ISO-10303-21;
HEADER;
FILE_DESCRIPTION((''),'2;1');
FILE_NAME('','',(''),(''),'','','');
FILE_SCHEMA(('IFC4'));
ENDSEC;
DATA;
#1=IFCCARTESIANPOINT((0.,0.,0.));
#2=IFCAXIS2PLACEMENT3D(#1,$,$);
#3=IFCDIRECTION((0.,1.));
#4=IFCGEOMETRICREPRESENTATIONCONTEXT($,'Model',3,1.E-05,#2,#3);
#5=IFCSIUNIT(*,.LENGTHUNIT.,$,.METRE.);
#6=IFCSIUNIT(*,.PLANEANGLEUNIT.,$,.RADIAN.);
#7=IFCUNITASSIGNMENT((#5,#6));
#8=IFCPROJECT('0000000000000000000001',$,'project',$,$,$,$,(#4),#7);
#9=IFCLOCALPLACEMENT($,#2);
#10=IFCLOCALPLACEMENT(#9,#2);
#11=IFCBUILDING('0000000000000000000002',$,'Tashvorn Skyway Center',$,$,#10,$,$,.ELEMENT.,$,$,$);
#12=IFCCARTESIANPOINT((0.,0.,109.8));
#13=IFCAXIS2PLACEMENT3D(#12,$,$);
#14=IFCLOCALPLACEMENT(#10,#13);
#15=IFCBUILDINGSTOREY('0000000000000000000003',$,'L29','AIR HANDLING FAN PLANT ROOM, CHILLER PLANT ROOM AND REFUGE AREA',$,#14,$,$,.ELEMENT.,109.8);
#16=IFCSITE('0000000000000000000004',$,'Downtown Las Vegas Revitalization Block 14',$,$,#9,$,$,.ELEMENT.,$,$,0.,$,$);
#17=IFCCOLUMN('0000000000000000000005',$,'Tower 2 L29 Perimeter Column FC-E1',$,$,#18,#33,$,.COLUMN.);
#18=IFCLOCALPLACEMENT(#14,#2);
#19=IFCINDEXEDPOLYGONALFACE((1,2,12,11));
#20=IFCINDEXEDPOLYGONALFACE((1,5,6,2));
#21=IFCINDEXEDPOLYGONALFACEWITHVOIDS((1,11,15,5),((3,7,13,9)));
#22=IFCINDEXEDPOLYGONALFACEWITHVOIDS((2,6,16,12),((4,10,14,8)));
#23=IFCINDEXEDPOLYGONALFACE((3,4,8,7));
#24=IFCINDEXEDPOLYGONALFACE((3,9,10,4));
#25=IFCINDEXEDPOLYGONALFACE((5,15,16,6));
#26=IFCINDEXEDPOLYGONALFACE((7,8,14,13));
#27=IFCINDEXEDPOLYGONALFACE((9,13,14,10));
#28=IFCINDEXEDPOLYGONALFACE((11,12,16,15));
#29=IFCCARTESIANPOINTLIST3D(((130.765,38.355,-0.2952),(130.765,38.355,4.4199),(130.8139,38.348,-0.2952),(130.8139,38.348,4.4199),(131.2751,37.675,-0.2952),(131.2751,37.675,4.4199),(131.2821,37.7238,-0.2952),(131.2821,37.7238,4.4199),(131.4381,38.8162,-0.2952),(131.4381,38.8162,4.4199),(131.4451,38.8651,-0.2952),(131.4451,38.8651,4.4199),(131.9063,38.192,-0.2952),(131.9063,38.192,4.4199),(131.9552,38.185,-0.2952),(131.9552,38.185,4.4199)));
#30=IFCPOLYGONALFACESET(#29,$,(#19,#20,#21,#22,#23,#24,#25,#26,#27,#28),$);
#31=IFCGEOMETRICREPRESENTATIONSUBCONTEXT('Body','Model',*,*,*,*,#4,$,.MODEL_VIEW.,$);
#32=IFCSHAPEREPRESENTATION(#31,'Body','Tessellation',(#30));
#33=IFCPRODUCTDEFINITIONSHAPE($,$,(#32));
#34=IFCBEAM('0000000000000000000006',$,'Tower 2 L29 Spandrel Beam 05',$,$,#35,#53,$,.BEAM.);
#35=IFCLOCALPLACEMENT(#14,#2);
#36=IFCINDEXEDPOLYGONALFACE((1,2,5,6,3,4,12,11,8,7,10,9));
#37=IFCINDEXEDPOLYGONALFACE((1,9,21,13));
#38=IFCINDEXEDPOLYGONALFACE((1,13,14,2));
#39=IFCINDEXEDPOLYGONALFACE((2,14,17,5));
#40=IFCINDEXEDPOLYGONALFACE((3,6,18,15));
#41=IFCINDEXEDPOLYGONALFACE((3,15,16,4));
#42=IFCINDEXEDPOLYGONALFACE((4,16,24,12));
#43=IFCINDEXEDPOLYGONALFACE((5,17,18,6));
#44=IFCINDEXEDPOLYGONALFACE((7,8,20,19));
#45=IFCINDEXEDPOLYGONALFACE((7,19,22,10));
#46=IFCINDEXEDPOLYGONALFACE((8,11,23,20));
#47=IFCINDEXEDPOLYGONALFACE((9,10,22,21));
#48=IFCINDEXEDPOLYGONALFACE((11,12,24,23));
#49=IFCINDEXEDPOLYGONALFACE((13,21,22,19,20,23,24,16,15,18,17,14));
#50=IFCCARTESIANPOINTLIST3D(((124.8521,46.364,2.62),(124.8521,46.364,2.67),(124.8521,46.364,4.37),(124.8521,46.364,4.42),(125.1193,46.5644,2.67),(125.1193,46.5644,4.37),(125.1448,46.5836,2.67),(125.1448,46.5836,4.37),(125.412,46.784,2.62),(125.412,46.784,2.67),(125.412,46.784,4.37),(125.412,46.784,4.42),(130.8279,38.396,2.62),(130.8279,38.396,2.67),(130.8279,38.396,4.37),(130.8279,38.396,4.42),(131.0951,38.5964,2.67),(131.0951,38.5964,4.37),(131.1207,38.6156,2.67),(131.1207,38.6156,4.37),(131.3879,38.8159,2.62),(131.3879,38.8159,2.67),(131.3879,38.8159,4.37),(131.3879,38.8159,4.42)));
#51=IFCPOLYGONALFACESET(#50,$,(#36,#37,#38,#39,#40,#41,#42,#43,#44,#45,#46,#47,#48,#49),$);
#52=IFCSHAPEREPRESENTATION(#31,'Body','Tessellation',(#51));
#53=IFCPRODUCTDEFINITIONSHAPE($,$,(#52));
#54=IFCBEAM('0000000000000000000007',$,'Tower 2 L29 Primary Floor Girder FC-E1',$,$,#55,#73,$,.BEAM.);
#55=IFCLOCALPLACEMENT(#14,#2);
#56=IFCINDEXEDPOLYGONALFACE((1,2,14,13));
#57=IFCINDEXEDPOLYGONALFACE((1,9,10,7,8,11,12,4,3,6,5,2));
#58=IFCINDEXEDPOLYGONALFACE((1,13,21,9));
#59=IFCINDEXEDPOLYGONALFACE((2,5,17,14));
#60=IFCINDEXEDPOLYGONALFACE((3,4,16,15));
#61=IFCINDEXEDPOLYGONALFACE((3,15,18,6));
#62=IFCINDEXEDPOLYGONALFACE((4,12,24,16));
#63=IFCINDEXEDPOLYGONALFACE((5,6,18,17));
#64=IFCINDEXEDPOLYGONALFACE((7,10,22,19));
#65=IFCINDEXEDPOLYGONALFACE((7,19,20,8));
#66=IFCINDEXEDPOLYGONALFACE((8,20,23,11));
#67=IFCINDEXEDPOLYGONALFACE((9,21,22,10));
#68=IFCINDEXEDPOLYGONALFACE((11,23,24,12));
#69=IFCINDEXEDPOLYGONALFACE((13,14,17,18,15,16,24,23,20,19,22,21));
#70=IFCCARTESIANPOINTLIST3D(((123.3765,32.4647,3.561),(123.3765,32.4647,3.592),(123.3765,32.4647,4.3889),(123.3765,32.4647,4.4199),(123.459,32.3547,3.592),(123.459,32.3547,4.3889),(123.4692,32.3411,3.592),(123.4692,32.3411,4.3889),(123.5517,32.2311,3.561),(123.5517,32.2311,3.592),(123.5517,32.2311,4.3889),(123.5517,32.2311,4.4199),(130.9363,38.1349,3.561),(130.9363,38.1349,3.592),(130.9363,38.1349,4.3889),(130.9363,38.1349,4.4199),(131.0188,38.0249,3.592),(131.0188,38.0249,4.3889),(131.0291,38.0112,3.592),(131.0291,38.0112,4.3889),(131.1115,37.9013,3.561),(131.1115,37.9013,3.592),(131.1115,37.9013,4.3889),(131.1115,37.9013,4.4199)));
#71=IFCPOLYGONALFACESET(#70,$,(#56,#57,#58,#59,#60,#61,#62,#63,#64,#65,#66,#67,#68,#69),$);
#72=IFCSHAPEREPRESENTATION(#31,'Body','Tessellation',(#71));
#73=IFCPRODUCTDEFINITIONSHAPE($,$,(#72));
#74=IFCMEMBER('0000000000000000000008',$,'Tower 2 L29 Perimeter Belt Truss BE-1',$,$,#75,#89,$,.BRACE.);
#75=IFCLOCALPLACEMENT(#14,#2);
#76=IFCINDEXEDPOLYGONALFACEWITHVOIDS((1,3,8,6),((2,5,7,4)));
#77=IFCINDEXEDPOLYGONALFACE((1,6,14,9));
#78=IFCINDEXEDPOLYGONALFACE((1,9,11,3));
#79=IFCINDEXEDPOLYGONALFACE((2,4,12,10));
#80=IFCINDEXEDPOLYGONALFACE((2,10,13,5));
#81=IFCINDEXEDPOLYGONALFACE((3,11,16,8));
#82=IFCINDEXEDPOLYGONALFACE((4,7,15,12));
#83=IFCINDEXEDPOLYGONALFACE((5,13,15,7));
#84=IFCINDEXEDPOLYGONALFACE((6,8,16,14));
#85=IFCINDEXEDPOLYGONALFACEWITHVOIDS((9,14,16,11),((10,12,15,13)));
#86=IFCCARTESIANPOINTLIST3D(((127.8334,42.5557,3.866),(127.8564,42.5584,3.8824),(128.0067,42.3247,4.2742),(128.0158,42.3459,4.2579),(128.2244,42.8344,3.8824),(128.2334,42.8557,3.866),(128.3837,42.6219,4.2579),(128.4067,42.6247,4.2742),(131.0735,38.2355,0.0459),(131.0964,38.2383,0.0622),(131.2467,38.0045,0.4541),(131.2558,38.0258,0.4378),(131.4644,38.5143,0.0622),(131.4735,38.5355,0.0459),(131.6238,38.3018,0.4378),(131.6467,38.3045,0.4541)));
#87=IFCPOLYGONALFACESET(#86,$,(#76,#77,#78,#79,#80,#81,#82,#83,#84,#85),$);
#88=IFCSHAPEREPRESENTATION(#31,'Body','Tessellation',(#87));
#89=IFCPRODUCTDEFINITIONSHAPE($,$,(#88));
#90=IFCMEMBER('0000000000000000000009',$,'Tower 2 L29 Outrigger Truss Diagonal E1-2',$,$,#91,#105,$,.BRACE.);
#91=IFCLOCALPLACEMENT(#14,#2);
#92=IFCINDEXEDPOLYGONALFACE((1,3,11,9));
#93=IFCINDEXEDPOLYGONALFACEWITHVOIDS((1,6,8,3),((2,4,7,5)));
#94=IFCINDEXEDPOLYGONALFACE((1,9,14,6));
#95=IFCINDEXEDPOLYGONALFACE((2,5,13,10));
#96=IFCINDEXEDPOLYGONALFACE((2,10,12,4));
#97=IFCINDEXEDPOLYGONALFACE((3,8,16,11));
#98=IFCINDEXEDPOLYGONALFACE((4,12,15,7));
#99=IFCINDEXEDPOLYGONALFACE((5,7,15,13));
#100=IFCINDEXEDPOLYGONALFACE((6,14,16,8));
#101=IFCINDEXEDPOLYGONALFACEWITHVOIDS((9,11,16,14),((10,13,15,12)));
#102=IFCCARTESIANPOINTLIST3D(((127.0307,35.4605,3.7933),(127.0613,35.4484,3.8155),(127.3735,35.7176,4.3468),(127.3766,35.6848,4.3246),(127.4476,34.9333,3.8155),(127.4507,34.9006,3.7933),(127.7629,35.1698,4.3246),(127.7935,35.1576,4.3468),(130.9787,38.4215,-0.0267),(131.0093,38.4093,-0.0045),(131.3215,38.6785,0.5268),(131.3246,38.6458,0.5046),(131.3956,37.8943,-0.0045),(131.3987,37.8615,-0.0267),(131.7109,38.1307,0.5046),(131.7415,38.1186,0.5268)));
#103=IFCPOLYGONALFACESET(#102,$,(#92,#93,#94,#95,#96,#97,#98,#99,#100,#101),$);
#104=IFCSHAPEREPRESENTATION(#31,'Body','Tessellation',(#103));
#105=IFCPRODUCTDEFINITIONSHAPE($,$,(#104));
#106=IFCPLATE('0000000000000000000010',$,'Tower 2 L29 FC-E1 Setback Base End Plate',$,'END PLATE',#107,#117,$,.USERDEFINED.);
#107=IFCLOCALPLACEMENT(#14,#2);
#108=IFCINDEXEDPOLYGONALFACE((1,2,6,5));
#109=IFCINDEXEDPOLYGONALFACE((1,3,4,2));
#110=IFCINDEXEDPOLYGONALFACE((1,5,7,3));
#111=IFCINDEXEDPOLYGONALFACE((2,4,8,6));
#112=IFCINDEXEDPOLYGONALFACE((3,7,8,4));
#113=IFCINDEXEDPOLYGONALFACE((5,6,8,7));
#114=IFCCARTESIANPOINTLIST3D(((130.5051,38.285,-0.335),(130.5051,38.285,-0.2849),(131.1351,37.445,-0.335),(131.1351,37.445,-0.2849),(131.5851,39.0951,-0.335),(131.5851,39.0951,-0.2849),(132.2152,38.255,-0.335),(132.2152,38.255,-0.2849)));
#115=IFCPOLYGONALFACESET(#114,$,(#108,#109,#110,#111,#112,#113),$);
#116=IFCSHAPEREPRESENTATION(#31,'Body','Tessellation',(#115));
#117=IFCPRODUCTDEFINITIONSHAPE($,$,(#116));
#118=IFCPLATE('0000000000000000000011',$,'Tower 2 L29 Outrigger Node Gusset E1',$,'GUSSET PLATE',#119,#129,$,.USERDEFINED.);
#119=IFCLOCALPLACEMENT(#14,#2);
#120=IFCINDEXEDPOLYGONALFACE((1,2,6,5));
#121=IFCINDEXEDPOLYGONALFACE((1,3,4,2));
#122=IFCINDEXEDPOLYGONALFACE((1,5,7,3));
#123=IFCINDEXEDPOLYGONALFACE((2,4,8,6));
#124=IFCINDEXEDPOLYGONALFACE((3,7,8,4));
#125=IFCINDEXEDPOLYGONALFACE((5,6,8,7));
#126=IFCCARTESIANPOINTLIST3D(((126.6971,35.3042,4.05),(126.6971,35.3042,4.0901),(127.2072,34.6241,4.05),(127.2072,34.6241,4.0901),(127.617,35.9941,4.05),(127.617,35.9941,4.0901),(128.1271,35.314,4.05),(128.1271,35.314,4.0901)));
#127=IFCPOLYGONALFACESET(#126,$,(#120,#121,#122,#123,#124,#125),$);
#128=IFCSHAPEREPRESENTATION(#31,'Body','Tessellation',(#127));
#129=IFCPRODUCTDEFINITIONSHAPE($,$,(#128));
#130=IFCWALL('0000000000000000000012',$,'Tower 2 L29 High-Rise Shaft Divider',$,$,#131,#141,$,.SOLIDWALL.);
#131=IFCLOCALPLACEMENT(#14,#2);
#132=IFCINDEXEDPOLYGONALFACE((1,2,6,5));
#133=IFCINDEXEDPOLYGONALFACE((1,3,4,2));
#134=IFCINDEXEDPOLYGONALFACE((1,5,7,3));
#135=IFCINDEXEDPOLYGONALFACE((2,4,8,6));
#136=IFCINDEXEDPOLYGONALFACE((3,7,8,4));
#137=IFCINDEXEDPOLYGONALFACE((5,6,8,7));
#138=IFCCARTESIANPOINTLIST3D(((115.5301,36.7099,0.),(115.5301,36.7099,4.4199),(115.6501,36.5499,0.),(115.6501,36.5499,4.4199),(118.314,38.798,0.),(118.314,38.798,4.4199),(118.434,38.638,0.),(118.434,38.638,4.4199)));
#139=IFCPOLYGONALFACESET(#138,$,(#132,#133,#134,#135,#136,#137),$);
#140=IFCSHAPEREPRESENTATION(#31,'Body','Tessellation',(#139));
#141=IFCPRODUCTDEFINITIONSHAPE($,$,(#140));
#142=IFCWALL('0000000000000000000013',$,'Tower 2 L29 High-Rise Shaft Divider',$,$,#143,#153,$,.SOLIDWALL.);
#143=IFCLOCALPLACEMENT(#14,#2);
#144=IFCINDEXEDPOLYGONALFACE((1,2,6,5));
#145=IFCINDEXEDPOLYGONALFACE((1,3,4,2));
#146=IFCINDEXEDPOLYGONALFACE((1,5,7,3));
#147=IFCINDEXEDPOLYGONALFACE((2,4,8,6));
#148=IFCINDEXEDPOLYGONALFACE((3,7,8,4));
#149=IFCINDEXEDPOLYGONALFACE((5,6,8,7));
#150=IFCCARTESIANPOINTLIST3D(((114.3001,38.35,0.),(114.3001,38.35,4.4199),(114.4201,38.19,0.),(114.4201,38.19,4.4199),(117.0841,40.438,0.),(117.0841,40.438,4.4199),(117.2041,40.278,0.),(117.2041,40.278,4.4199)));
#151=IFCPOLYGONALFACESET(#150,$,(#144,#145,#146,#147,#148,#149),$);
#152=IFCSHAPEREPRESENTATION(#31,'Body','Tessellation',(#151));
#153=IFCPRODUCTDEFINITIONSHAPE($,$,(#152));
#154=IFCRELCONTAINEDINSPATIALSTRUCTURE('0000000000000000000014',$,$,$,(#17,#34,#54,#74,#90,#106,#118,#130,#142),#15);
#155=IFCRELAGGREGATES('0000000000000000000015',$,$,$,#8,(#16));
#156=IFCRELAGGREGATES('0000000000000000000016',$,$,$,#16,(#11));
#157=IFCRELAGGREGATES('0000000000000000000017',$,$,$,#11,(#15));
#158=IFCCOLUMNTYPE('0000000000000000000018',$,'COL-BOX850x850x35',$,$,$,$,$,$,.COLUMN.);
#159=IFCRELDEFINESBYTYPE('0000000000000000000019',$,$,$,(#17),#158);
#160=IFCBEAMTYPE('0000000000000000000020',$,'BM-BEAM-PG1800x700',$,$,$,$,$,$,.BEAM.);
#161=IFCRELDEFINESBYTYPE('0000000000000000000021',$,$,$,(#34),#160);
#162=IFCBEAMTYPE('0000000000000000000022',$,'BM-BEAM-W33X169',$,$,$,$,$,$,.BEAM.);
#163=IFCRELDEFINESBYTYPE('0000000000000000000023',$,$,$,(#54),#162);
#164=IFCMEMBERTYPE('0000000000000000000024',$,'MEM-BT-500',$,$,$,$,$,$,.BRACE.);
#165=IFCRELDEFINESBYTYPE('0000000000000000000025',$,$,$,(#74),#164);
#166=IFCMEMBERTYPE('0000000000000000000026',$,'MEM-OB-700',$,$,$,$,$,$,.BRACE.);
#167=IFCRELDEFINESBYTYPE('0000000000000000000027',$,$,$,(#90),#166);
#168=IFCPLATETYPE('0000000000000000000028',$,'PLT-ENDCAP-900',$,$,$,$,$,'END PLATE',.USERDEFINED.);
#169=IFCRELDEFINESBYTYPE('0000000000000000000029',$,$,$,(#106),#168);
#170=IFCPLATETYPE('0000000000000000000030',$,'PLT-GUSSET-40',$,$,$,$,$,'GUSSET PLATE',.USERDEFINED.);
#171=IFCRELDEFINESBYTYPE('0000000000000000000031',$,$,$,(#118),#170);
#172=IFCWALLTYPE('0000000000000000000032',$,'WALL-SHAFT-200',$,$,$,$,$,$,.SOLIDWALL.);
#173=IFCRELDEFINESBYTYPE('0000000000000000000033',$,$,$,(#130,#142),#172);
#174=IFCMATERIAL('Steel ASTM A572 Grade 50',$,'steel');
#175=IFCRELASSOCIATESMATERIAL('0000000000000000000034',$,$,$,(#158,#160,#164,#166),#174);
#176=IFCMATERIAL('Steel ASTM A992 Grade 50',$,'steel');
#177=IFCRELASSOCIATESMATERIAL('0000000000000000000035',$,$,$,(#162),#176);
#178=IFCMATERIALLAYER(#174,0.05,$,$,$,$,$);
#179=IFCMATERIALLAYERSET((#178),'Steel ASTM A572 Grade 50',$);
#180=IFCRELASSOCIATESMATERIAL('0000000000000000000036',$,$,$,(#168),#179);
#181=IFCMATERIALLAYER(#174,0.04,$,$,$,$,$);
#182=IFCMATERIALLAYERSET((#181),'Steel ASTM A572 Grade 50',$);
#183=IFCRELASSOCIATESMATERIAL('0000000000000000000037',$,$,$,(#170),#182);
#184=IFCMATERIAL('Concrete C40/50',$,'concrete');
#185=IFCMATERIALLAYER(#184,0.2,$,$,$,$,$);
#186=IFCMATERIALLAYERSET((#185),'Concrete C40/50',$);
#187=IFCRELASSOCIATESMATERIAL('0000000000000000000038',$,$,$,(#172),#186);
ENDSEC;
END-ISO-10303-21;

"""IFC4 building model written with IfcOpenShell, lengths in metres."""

from ifc_helpers import new_model, si_unit, direction, frame, frame_2d, origin, origin_2d, place, context, subcontext, project, spatial, rectangle, hollow_rectangle, i_section, extrude, material, layer, layer_set, material_profile, profile_set, type_object, element, save


model = new_model("IFC4")

# Units and contexts
model_context = context("Model", 3, precision=1e-05, world=origin(), true_north=direction((0.0, 1.0)))
body_context = subcontext(model_context, "Body", "Model", "MODEL_VIEW")
ifc_project = project(units=[si_unit("LENGTHUNIT", "METRE"), si_unit("PLANEANGLEUNIT", "RADIAN")], contexts=[model_context])

# Site, building, storey
site_placement = place(None, origin())
site = spatial("IfcSite", under=ifc_project, at=site_placement, Name="Downtown Las Vegas Revitalization Block 14", CompositionType="ELEMENT", RefElevation=0.0)
building_placement = place(site_placement, origin())
building = spatial("IfcBuilding", under=site, at=building_placement, Name="Tashvorn Skyway Center", CompositionType="ELEMENT")
storey_placement = place(building_placement, frame((0.0, 0.0, 109.8)))
storey = spatial("IfcBuildingStorey", under=building, at=storey_placement, Name="L29", Description="AIR HANDLING FAN PLANT ROOM, CHILLER PLANT ROOM AND REFUGE AREA", CompositionType="ELEMENT", Elevation=109.8)

# Column
ifc_material_1 = material(Name="Steel ASTM A572 Grade 50", Category="steel")
ifc_material_profile_1 = material_profile(ifc_material_1, hollow_rectangle(XDim=0.8501, YDim=0.8501, WallThickness=0.0349, at=origin_2d()), Name="BOX850x850x35")
ifc_profile_set_1 = profile_set([ifc_material_profile_1], Name="Steel ASTM A572 Grade 50")
column_type = type_object("IfcColumnType", Name="COL-BOX850x850x35", PredefinedType="COLUMN", material=ifc_profile_set_1)
column_placement = place(storey_placement, frame((131.3601, 38.27, -0.2952), z_axis=(0.0, 0.0, 1.0), x_axis=(0.8, 0.6, 0.0)))
element("IfcColumn", 1, at=column_placement, inside=storey, type_object=column_type, Name="Tower 2 L29 Perimeter Column FC-E1", PredefinedType="COLUMN", context=body_context, shape_type="SweptSolid", body=[
    extrude(hollow_rectangle(XDim=0.8501, YDim=0.8501, WallThickness=0.0349, at=origin_2d()), origin(), (0.0, 0.0, 1.0), 4.7151),
])

# Beams
ifc_material_profile_2 = material_profile(ifc_material_1, i_section(OverallWidth=0.7, OverallDepth=1.8, WebThickness=0.032, FlangeThickness=0.05, at=origin_2d()), Name="PG1800x700")
ifc_profile_set_2 = profile_set([ifc_material_profile_2], Name="Steel ASTM A572 Grade 50")
beam_type_1 = type_object("IfcBeamType", Name="BM-BEAM-PG1800x700", PredefinedType="BEAM", material=ifc_profile_set_2)
beam_1_placement = place(storey_placement, frame((131.1079, 38.606, 3.52), z_axis=(-0.599988, 0.800009, 0.0), x_axis=(-0.800009, -0.599988, 0.0)))
element("IfcBeam", 2, at=beam_1_placement, inside=storey, type_object=beam_type_1, Name="Tower 2 L29 Spandrel Beam 05", PredefinedType="BEAM", context=body_context, shape_type="SweptSolid", body=[
    extrude(i_section(OverallWidth=0.7, OverallDepth=1.8, WebThickness=0.032, FlangeThickness=0.05, at=origin_2d()), origin(), (0.0, 0.0, 1.0), 9.96),
])
ifc_material_2 = material(Name="Steel ASTM A992 Grade 50", Category="steel")
ifc_material_profile_3 = material_profile(ifc_material_2, i_section(OverallWidth=0.292, OverallDepth=0.8589, WebThickness=0.0171, FlangeThickness=0.031, at=origin_2d()), Name="W33X169")
ifc_profile_set_3 = profile_set([ifc_material_profile_3], Name="Steel ASTM A992 Grade 50")
beam_type_2 = type_object("IfcBeamType", Name="BM-BEAM-W33X169", PredefinedType="BEAM", material=ifc_profile_set_3)
beam_2_placement = place(storey_placement, frame((131.0239, 38.0181, 3.9905), z_axis=(-0.799984, -0.600021, 0.0), x_axis=(0.600021, -0.799984, 0.0)))
element("IfcBeam", 3, at=beam_2_placement, inside=storey, type_object=beam_type_2, Name="Tower 2 L29 Primary Floor Girder FC-E1", PredefinedType="BEAM", context=body_context, shape_type="SweptSolid", body=[
    extrude(i_section(OverallWidth=0.292, OverallDepth=0.8589, WebThickness=0.0171, FlangeThickness=0.031, at=origin_2d()), origin(), (0.0, 0.0, 1.0), 9.45),
])

# Members
ifc_material_profile_4 = material_profile(ifc_material_1, hollow_rectangle(XDim=0.5, YDim=0.5, WallThickness=0.02, at=origin_2d()), Name="HSS500x500x20")
ifc_profile_set_4 = profile_set([ifc_material_profile_4], Name="Steel ASTM A572 Grade 50")
member_type_1 = type_object("IfcMemberType", Name="MEM-BT-500", PredefinedType="BRACE", material=ifc_profile_set_4)
member_1_placement = place(storey_placement, frame((131.3601, 38.27, 0.25), z_axis=(-0.489821, 0.653107, 0.577517), x_axis=(-0.800005, -0.599993, 0.0)))
element("IfcMember", 4, at=member_1_placement, inside=storey, type_object=member_type_1, Name="Tower 2 L29 Perimeter Belt Truss BE-1", PredefinedType="BRACE", context=body_context, shape_type="SweptSolid", body=[
    extrude(hollow_rectangle(XDim=0.5, YDim=0.5, WallThickness=0.02, at=origin_2d()), origin(), (0.0, 0.0, 1.0), 6.6147),
])
ifc_material_profile_5 = material_profile(ifc_material_1, hollow_rectangle(XDim=0.7, YDim=0.7, WallThickness=0.0281, at=origin_2d()), Name="BOX700x700x28")
ifc_profile_set_5 = profile_set([ifc_material_profile_5], Name="Steel ASTM A572 Grade 50")
member_type_2 = type_object("IfcMemberType", Name="MEM-OB-700", PredefinedType="BRACE", material=ifc_profile_set_5)
member_2_placement = place(storey_placement, frame((127.4121, 35.3091, 4.0701), z_axis=(0.632618, 0.474453, -0.612118), x_axis=(-0.599992, 0.800006, 0.0)))
element("IfcMember", 5, at=member_2_placement, inside=storey, type_object=member_type_2, Name="Tower 2 L29 Outrigger Truss Diagonal E1-2", PredefinedType="BRACE", context=body_context, shape_type="SweptSolid", body=[
    extrude(hollow_rectangle(XDim=0.7, YDim=0.7, WallThickness=0.0281, at=origin_2d()), origin(), (0.0, 0.0, 1.0), 6.2407),
])

# Plates
ifc_layer_1 = layer(ifc_material_1, 0.05)
ifc_layer_set_1 = layer_set([ifc_layer_1], Name="Steel ASTM A572 Grade 50")
plate_type_1 = type_object("IfcPlateType", Name="PLT-ENDCAP-900", ElementType="END PLATE", PredefinedType="USERDEFINED", material=ifc_layer_set_1)
plate_1_placement = place(storey_placement, frame((131.3601, 38.27, -0.335), z_axis=(0.0, 0.0, 1.0), x_axis=(0.8, 0.6, 0.0)))
element("IfcPlate", 6, at=plate_1_placement, inside=storey, type_object=plate_type_1, Name="Tower 2 L29 FC-E1 Setback Base End Plate", ObjectType="END PLATE", PredefinedType="USERDEFINED", context=body_context, shape_type="SweptSolid", body=[
    extrude(rectangle(XDim=1.3501, YDim=1.05, at=origin_2d()), origin(), (0.0, 0.0, 1.0), 0.05),
])
ifc_layer_2 = layer(ifc_material_1, 0.04)
ifc_layer_set_2 = layer_set([ifc_layer_2], Name="Steel ASTM A572 Grade 50")
plate_type_2 = type_object("IfcPlateType", Name="PLT-GUSSET-40", ElementType="GUSSET PLATE", PredefinedType="USERDEFINED", material=ifc_layer_set_2)
plate_2_placement = place(storey_placement, frame((127.4121, 35.3091, 4.05), z_axis=(0.0, 0.0, 1.0), x_axis=(0.8, 0.6, 0.0)))
element("IfcPlate", 7, at=plate_2_placement, inside=storey, type_object=plate_type_2, Name="Tower 2 L29 Outrigger Node Gusset E1", ObjectType="GUSSET PLATE", PredefinedType="USERDEFINED", context=body_context, shape_type="SweptSolid", body=[
    extrude(rectangle(XDim=1.1499, YDim=0.8501, at=origin_2d()), origin(), (0.0, 0.0, 1.0), 0.04),
])

# Walls
ifc_material_3 = material(Name="Concrete C40/50", Category="concrete")
ifc_layer_3 = layer(ifc_material_3, 0.2)
ifc_layer_set_3 = layer_set([ifc_layer_3], Name="Concrete C40/50")
wall_type_1 = type_object("IfcWallType", Name="WALL-SHAFT-200", PredefinedType="SOLIDWALL", material=ifc_layer_set_3)
for number, where, z_axis, x_axis, name in (
    (8, (115.5901, 36.6299, 0.0), (0.0, 0.0, 1.0), (0.799975, 0.600034, 0.0), "Tower 2 L29 High-Rise Shaft Divider"),
    (9, (114.3601, 38.27, 0.0), (0.0, 0.0, 1.0), (0.800008, 0.599989, 0.0), "Tower 2 L29 High-Rise Shaft Divider"),
):
    element("IfcWall", number, at=place(storey_placement, frame(where, z_axis=z_axis, x_axis=x_axis)), inside=storey, type_object=wall_type_1, Name=name, PredefinedType="SOLIDWALL", context=body_context, shape_type="SweptSolid", body=[
        extrude(rectangle(XDim=3.48, YDim=0.2, at=frame_2d((1.74, 0.0))), origin(), (0.0, 0.0, 1.0), 4.4199),
    ])

save(model, "model.ifc")
